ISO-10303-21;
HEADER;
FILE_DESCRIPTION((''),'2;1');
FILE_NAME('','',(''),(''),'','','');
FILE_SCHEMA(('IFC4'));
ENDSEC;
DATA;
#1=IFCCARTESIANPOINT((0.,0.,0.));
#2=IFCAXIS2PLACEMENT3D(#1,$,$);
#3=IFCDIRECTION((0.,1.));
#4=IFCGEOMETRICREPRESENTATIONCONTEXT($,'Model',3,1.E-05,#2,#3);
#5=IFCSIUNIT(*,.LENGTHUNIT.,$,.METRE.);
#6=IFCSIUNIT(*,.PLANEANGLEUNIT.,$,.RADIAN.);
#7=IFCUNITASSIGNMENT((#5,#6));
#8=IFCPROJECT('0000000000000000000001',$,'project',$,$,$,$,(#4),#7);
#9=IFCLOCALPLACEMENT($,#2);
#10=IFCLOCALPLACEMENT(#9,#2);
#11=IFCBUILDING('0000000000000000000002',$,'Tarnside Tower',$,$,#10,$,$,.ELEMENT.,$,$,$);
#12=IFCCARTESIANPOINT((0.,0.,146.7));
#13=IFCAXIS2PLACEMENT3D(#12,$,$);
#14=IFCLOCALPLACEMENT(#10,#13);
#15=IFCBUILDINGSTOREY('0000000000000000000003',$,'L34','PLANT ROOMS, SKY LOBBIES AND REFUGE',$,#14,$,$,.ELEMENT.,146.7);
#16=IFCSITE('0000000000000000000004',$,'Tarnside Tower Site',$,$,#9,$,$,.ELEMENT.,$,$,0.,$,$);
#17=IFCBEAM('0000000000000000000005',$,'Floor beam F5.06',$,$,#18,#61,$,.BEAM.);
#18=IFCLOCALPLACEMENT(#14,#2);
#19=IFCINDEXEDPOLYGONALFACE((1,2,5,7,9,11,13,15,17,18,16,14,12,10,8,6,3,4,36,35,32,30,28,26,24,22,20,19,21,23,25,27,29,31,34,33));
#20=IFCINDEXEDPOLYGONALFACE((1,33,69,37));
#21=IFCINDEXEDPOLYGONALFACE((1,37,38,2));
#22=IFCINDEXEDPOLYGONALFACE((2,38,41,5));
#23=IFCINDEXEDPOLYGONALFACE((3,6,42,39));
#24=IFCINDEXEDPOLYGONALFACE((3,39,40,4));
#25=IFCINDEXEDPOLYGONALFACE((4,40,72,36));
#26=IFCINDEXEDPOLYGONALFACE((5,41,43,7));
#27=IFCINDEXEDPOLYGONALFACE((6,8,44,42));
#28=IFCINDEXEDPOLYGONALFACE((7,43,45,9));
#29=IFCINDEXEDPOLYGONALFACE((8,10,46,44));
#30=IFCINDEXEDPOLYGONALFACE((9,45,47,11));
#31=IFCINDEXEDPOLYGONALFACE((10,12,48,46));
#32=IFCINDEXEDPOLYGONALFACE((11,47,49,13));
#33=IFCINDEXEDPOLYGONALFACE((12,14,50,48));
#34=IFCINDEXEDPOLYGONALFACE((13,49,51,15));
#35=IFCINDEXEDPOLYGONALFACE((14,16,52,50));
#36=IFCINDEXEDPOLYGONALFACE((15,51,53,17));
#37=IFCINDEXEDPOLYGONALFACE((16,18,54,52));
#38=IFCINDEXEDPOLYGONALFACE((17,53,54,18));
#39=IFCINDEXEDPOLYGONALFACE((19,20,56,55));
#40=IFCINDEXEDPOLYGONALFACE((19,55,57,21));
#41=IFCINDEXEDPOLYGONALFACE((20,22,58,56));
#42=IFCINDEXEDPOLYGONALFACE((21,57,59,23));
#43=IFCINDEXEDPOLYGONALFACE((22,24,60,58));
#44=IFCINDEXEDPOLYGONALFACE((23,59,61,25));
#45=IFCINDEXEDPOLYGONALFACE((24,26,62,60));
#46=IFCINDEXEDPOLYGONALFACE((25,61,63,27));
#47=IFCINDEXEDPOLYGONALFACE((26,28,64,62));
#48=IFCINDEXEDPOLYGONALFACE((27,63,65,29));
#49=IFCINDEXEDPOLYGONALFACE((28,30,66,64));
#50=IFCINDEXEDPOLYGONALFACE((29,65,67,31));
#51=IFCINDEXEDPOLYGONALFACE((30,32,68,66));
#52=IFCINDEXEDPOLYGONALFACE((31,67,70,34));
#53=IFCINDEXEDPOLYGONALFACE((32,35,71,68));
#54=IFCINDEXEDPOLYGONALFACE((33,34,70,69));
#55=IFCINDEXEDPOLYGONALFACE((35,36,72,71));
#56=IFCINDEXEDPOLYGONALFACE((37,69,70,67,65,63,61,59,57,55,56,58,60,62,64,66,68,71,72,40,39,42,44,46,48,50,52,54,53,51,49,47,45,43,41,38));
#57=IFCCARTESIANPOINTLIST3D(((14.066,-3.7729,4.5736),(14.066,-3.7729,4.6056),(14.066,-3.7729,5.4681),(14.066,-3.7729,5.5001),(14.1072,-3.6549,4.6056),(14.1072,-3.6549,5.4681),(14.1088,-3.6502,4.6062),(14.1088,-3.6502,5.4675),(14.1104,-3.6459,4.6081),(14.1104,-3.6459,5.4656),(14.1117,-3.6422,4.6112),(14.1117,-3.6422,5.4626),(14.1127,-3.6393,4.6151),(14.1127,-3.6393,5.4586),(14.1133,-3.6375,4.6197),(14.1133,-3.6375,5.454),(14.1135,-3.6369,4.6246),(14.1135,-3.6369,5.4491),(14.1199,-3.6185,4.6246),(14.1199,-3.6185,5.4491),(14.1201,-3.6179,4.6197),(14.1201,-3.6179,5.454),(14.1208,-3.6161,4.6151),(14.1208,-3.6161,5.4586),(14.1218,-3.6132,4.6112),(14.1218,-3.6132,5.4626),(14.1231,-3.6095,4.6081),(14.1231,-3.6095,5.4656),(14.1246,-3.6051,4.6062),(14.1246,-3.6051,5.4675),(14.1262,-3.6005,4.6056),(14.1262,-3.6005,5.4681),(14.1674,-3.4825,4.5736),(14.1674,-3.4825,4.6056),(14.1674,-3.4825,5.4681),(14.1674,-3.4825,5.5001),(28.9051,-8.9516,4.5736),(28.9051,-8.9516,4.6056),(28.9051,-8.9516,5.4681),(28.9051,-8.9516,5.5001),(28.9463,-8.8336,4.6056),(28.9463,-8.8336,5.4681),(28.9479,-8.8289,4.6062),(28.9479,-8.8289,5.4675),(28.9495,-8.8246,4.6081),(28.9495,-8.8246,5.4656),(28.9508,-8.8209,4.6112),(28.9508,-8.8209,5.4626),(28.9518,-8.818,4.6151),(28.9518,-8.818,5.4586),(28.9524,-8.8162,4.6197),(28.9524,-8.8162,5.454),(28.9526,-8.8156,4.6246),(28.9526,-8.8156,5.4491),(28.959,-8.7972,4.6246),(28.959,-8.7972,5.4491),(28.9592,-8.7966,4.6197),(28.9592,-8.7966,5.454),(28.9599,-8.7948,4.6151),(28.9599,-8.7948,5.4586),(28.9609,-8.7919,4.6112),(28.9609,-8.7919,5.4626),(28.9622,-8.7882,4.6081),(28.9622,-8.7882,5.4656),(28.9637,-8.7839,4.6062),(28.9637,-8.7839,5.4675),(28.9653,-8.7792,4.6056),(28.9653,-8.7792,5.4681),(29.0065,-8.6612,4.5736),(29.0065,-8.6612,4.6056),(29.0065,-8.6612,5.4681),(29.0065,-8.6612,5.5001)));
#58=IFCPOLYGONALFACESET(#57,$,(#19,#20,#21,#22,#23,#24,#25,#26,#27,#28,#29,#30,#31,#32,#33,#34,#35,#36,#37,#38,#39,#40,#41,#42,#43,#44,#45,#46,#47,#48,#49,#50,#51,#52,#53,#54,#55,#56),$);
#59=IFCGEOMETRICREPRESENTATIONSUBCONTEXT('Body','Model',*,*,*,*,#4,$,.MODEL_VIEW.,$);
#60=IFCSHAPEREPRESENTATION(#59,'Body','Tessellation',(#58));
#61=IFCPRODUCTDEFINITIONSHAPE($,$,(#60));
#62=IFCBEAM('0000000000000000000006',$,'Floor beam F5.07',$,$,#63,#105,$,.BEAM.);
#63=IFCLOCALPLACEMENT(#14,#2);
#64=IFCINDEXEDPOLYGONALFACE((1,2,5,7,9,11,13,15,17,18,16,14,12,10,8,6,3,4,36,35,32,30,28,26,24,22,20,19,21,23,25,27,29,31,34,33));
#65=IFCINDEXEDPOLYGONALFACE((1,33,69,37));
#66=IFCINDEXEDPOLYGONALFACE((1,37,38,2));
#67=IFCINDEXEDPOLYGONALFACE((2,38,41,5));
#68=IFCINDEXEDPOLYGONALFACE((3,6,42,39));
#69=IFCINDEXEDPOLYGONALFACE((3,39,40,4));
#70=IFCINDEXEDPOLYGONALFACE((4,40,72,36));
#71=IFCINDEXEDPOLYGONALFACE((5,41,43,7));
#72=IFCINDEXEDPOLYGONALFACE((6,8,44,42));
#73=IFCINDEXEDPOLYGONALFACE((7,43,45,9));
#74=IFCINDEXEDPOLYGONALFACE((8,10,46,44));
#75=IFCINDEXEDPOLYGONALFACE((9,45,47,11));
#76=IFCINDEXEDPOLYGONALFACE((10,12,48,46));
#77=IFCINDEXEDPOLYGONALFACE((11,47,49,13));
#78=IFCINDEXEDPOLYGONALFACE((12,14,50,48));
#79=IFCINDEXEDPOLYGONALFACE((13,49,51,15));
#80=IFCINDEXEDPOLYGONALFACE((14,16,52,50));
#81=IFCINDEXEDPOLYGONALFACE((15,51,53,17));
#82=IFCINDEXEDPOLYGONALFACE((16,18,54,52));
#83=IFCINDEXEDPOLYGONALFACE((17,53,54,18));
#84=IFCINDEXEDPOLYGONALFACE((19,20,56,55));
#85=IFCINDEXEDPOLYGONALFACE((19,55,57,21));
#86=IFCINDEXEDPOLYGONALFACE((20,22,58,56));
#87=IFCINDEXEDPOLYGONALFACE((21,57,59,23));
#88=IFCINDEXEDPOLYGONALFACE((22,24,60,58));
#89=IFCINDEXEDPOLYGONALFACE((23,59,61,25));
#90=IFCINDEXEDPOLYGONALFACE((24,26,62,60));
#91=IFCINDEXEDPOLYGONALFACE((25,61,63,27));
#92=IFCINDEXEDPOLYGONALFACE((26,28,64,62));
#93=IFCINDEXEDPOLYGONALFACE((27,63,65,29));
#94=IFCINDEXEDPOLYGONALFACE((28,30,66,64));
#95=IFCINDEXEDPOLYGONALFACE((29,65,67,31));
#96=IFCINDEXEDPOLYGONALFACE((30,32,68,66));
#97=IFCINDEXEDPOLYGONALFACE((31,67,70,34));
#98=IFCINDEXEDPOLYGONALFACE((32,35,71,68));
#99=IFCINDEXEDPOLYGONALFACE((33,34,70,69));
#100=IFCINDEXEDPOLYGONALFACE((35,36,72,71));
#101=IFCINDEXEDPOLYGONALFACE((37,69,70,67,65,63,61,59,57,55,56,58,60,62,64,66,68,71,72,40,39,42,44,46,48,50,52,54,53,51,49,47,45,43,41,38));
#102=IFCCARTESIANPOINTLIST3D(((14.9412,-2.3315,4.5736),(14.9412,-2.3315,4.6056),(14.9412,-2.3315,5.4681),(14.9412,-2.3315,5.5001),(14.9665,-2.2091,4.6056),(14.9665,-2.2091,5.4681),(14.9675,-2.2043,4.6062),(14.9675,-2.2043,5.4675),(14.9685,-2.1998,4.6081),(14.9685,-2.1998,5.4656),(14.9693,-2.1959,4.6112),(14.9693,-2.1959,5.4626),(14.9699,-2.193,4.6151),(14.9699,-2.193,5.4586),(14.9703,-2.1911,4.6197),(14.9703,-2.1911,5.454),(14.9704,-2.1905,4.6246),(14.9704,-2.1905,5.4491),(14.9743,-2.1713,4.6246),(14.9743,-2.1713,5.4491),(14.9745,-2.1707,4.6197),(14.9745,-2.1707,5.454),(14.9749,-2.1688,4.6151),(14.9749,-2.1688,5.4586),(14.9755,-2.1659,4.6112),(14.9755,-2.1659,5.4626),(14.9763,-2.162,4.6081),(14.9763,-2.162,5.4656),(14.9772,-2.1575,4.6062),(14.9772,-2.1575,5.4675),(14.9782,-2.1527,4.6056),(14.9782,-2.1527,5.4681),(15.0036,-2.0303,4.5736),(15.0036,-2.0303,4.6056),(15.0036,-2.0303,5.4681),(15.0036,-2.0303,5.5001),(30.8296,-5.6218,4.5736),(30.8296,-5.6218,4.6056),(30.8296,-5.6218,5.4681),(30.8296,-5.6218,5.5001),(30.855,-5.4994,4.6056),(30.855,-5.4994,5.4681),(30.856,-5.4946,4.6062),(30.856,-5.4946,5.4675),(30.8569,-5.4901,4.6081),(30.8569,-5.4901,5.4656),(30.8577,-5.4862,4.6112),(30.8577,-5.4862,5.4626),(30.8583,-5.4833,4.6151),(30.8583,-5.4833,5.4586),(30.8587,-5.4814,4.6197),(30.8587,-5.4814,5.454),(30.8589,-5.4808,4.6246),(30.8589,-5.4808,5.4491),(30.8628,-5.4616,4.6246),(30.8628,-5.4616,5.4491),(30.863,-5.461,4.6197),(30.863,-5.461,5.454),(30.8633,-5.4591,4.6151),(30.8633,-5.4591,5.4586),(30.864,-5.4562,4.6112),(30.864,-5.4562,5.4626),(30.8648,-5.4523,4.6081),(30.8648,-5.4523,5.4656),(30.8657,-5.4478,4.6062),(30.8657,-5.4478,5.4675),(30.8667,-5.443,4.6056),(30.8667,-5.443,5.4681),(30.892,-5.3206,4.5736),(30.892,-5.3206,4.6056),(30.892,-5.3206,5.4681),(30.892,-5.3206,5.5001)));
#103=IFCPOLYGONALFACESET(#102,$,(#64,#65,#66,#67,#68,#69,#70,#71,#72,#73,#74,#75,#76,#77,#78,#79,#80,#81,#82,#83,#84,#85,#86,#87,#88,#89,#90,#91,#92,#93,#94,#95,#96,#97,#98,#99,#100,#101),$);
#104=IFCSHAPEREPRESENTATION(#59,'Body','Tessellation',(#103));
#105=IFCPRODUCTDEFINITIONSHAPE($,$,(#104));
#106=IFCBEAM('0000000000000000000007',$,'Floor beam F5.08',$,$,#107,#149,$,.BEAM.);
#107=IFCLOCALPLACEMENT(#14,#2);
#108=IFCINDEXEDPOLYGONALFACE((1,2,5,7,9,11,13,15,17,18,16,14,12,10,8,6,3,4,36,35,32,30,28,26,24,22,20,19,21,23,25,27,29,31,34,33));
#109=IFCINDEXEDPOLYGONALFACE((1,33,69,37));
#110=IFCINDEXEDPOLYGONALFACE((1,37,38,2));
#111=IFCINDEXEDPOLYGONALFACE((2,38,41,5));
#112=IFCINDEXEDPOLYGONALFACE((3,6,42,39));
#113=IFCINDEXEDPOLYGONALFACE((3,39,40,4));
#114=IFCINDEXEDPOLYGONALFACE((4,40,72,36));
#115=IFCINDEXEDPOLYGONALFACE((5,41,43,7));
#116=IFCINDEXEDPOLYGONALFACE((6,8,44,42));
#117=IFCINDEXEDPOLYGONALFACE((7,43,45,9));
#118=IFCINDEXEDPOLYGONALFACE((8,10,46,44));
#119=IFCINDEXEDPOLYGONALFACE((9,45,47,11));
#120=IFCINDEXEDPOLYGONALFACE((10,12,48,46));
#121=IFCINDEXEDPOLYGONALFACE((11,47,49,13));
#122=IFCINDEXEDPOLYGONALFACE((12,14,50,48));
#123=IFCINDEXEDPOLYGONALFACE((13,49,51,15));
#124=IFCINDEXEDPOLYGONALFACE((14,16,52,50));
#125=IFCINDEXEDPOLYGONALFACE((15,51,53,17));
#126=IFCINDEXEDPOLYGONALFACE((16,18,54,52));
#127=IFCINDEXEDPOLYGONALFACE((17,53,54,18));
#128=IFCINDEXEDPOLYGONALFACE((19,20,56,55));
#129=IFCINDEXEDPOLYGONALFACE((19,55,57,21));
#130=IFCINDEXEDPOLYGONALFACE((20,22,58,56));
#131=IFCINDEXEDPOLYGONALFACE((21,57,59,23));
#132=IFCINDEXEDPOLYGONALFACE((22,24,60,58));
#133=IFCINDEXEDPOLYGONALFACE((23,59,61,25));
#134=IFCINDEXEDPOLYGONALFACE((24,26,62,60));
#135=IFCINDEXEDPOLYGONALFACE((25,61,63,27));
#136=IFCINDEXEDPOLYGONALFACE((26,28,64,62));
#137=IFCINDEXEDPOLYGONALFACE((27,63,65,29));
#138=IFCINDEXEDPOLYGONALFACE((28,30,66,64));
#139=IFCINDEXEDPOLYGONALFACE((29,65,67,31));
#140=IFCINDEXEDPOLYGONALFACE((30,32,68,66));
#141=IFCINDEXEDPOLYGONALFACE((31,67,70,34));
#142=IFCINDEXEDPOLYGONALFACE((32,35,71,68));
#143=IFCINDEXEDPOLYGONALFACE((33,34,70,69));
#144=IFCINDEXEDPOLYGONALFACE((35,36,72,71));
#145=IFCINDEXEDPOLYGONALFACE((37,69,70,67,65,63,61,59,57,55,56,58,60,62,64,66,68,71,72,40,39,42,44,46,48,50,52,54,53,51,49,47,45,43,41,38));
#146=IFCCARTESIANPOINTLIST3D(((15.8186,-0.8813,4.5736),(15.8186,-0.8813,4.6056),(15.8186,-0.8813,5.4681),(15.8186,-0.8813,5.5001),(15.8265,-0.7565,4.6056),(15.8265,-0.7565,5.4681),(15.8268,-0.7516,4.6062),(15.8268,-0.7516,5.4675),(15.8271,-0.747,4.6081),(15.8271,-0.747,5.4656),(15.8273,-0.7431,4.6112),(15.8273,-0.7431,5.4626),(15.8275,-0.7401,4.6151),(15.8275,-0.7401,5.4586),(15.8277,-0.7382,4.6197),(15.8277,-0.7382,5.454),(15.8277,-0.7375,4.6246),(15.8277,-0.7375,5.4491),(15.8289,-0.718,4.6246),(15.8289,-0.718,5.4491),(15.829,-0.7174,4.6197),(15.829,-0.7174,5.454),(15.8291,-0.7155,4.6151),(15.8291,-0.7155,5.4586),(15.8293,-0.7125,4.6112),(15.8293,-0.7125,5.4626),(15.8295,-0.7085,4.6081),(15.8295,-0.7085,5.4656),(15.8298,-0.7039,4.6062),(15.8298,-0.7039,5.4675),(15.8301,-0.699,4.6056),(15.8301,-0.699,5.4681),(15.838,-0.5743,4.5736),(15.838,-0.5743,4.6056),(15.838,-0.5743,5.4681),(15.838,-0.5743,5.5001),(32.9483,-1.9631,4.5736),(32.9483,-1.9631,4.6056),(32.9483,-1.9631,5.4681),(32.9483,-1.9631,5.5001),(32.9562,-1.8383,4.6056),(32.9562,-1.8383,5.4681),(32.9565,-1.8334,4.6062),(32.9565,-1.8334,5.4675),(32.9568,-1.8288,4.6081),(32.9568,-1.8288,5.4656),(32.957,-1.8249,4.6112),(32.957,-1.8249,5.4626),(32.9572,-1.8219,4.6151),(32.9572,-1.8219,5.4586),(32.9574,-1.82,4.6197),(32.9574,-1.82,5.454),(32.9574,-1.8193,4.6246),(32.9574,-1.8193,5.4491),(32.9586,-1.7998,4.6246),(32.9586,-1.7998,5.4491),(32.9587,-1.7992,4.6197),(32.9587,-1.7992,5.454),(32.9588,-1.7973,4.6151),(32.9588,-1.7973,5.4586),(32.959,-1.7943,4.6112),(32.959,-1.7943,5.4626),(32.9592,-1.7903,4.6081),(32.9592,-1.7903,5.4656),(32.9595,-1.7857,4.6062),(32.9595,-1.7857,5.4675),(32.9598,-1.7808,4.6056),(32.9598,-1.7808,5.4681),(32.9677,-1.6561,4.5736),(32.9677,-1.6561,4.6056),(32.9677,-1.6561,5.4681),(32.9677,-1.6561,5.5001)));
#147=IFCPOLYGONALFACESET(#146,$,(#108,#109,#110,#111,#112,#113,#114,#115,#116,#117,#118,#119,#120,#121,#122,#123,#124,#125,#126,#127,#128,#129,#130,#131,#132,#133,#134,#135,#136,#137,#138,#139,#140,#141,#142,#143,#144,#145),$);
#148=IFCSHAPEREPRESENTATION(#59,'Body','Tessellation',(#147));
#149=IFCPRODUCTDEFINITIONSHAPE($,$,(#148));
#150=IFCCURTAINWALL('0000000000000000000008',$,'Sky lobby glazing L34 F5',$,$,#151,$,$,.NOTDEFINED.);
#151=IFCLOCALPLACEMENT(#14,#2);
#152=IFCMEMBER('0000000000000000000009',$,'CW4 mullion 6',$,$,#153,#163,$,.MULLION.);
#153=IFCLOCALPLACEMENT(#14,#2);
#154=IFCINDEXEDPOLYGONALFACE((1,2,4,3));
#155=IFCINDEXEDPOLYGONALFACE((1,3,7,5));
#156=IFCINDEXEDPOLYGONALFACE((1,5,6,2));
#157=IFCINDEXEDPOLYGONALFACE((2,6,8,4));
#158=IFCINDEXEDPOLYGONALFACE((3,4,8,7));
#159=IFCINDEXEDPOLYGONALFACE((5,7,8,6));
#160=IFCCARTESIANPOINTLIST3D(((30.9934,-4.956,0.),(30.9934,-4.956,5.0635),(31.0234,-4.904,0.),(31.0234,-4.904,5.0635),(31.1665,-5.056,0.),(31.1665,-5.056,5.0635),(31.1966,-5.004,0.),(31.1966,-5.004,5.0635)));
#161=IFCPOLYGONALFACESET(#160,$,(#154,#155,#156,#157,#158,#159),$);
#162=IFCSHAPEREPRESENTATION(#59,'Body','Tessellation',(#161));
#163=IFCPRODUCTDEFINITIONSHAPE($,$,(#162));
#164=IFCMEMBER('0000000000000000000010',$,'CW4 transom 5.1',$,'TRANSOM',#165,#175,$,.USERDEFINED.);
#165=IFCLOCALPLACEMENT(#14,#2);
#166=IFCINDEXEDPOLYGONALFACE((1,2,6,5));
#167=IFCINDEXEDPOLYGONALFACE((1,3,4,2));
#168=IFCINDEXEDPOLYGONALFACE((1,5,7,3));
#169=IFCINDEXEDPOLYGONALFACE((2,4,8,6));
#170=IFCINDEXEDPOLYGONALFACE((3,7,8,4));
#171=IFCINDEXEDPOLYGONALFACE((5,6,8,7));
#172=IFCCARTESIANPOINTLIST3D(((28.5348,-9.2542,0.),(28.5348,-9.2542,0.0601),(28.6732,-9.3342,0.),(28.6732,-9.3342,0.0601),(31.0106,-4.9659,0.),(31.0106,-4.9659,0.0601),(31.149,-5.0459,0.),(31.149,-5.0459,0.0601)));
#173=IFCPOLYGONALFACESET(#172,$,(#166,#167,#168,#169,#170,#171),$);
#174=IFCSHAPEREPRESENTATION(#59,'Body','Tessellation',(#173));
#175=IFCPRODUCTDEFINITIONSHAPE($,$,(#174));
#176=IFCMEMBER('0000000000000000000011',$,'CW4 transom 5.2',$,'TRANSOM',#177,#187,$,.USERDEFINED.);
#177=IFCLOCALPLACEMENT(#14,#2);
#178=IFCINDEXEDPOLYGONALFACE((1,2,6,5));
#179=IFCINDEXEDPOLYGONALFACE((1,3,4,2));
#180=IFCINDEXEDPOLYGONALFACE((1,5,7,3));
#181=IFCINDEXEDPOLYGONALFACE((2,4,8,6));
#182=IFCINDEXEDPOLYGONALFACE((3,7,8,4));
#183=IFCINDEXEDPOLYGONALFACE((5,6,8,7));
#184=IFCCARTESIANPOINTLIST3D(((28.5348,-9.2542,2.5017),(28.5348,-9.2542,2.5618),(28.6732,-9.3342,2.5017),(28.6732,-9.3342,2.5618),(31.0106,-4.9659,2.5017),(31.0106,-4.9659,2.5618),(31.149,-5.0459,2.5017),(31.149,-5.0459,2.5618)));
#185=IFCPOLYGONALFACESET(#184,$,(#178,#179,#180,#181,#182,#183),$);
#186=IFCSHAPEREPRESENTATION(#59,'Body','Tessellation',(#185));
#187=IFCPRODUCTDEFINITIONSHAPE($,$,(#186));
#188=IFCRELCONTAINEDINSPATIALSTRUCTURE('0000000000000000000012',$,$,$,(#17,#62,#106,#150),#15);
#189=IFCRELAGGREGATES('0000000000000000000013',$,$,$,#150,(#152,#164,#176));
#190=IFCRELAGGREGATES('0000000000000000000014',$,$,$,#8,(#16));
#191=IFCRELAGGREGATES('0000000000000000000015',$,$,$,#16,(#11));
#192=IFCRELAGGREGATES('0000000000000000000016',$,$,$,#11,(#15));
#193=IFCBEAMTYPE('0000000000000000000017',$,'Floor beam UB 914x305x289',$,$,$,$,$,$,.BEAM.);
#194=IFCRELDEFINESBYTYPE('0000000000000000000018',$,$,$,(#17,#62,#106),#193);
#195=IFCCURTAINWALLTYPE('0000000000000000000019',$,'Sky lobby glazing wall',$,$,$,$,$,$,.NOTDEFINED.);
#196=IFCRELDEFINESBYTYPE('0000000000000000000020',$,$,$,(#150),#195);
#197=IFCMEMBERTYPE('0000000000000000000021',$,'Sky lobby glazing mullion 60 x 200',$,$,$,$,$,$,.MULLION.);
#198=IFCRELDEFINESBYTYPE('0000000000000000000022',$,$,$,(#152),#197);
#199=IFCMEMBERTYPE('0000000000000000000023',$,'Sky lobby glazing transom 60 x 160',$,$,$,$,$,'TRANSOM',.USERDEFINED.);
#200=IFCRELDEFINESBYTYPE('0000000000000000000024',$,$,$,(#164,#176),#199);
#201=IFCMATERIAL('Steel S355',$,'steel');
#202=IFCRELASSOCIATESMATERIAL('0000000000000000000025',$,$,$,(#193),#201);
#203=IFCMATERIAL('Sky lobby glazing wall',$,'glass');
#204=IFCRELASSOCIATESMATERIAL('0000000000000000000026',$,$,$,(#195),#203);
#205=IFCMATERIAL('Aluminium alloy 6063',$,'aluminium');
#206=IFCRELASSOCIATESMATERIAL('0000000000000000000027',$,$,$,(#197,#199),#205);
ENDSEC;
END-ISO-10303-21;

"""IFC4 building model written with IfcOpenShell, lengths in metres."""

from ifc_helpers import new_model, si_unit, direction, frame, origin, origin_2d, place, context, subcontext, project, spatial, rectangle, i_section, extrude, material, material_profile, profile_set, type_object, element, aggregate, save


model = new_model("IFC4")

# Units and contexts
model_context = context("Model", 3, precision=1e-05, world=origin(), true_north=direction((0.0, 1.0)))
body_context = subcontext(model_context, "Body", "Model", "MODEL_VIEW")
ifc_project = project(units=[si_unit("LENGTHUNIT", "METRE"), si_unit("PLANEANGLEUNIT", "RADIAN")], contexts=[model_context])

# Site, building, storey
site_placement = place(None, origin())
site = spatial("IfcSite", under=ifc_project, at=site_placement, Name="Tarnside Tower Site", CompositionType="ELEMENT", RefElevation=0.0)
building_placement = place(site_placement, origin())
building = spatial("IfcBuilding", under=site, at=building_placement, Name="Tarnside Tower", CompositionType="ELEMENT")
storey_placement = place(building_placement, frame((0.0, 0.0, 146.7)))
storey = spatial("IfcBuildingStorey", under=building, at=storey_placement, Name="L34", Description="PLANT ROOMS, SKY LOBBIES AND REFUGE", CompositionType="ELEMENT", Elevation=146.7)

# Beams
ifc_material_1 = material(Name="Steel S355", Category="steel")
ifc_material_profile_1 = material_profile(ifc_material_1, i_section(OverallWidth=0.3076, OverallDepth=0.9265, WebThickness=0.0195, FlangeThickness=0.032, FilletRadius=0.019, at=origin_2d()), Name="UB 914x305x289")
ifc_profile_set_1 = profile_set([ifc_material_profile_1], Name="Steel S355")
beam_type = type_object("IfcBeamType", Name="Floor beam UB 914x305x289", PredefinedType="BEAM", material=ifc_profile_set_1)
beam_1_placement = place(storey_placement, frame((28.9558, -8.8064, 5.0369), z_axis=(-0.944155, 0.329501, 0.0), x_axis=(-0.329501, -0.944155, 0.0)))
element("IfcBeam", 1, at=beam_1_placement, inside=storey, type_object=beam_type, Name="Floor beam F5.06", PredefinedType="BEAM", context=body_context, shape_type="SweptSolid", body=[
    extrude(i_section(OverallWidth=0.3076, OverallDepth=0.9265, WebThickness=0.0195, FlangeThickness=0.032, FilletRadius=0.019, at=origin_2d()), origin(), (0.0, 0.0, 1.0), 15.7168),
])
beam_2_placement = place(storey_placement, frame((30.8608, -5.4712, 5.0369), z_axis=(-0.979223, 0.202784, 0.0), x_axis=(-0.202784, -0.979223, 0.0)))
element("IfcBeam", 2, at=beam_2_placement, inside=storey, type_object=beam_type, Name="Floor beam F5.07", PredefinedType="BEAM", context=body_context, shape_type="SweptSolid", body=[
    extrude(i_section(OverallWidth=0.3076, OverallDepth=0.9265, WebThickness=0.0195, FlangeThickness=0.032, FilletRadius=0.019, at=origin_2d()), origin(), (0.0, 0.0, 1.0), 16.2256),
])
beam_3_placement = place(storey_placement, frame((32.958, -1.8096, 5.0369), z_axis=(-0.998012, 0.063027, 0.0), x_axis=(-0.063027, -0.998012, 0.0)))
element("IfcBeam", 3, at=beam_3_placement, inside=storey, type_object=beam_type, Name="Floor beam F5.08", PredefinedType="BEAM", context=body_context, shape_type="SweptSolid", body=[
    extrude(i_section(OverallWidth=0.3076, OverallDepth=0.9265, WebThickness=0.0195, FlangeThickness=0.032, FilletRadius=0.019, at=origin_2d()), origin(), (0.0, 0.0, 1.0), 17.1638),
])

# Curtain wall, members
ifc_material_2 = material(Name="Sky lobby glazing wall", Category="glass")
curtain_wall_type = type_object("IfcCurtainWallType", Name="Sky lobby glazing wall", PredefinedType="NOTDEFINED", material=ifc_material_2)
curtain_wall_placement = place(storey_placement, origin())
curtain_wall = element("IfcCurtainWall", 4, at=curtain_wall_placement, inside=storey, type_object=curtain_wall_type, Name="Sky lobby glazing L34 F5", PredefinedType="NOTDEFINED")
ifc_material_3 = material(Name="Aluminium alloy 6063", Category="aluminium")
ifc_material_profile_2 = material_profile(ifc_material_3, rectangle(XDim=0.2, YDim=0.0601, at=origin_2d()), Name="Sky lobby glazing mullion 60 x 200")
ifc_profile_set_2 = profile_set([ifc_material_profile_2], Name="Aluminium alloy 6063")
member_type_1 = type_object("IfcMemberType", Name="Sky lobby glazing mullion 60 x 200", PredefinedType="MULLION", material=ifc_profile_set_2)
member_1_placement = place(storey_placement, frame((31.095, -4.98, 0.0), z_axis=(0.0, 0.0, 1.0), x_axis=(-0.866025, 0.5, 0.0)))
member_1 = element("IfcMember", 5, at=member_1_placement, type_object=member_type_1, Name="CW4 mullion 6", PredefinedType="MULLION", context=body_context, shape_type="SweptSolid", body=[
    extrude(rectangle(XDim=0.2, YDim=0.0601, at=origin_2d()), origin(), (0.0, 0.0, 1.0), 5.0635),
])
ifc_material_profile_3 = material_profile(ifc_material_3, rectangle(XDim=0.1599, YDim=0.0601, at=origin_2d()), Name="Sky lobby glazing transom 60 x 160")
ifc_profile_set_3 = profile_set([ifc_material_profile_3], Name="Aluminium alloy 6063")
member_type_2 = type_object("IfcMemberType", Name="Sky lobby glazing transom 60 x 160", ElementType="TRANSOM", PredefinedType="USERDEFINED", material=ifc_profile_set_3)
member_2_placement = place(storey_placement, frame((28.604, -9.2942, 0.03), z_axis=(0.499994, 0.866029, 0.0), x_axis=(-0.866029, 0.499994, 0.0)))
member_2 = element("IfcMember", 6, at=member_2_placement, type_object=member_type_2, Name="CW4 transom 5.1", ObjectType="TRANSOM", PredefinedType="USERDEFINED", context=body_context, shape_type="SweptSolid", body=[
    extrude(rectangle(XDim=0.1599, YDim=0.0601, at=origin_2d()), origin(), (0.0, 0.0, 1.0), 4.9517),
])
member_3_placement = place(storey_placement, frame((28.604, -9.2942, 2.5317), z_axis=(0.499994, 0.866029, 0.0), x_axis=(-0.866029, 0.499994, 0.0)))
member_3 = element("IfcMember", 7, at=member_3_placement, type_object=member_type_2, Name="CW4 transom 5.2", ObjectType="TRANSOM", PredefinedType="USERDEFINED", context=body_context, shape_type="SweptSolid", body=[
    extrude(rectangle(XDim=0.1599, YDim=0.0601, at=origin_2d()), origin(), (0.0, 0.0, 1.0), 4.9517),
])

aggregate(curtain_wall, [member_1, member_2, member_3])

save(model, "model.ifc")
